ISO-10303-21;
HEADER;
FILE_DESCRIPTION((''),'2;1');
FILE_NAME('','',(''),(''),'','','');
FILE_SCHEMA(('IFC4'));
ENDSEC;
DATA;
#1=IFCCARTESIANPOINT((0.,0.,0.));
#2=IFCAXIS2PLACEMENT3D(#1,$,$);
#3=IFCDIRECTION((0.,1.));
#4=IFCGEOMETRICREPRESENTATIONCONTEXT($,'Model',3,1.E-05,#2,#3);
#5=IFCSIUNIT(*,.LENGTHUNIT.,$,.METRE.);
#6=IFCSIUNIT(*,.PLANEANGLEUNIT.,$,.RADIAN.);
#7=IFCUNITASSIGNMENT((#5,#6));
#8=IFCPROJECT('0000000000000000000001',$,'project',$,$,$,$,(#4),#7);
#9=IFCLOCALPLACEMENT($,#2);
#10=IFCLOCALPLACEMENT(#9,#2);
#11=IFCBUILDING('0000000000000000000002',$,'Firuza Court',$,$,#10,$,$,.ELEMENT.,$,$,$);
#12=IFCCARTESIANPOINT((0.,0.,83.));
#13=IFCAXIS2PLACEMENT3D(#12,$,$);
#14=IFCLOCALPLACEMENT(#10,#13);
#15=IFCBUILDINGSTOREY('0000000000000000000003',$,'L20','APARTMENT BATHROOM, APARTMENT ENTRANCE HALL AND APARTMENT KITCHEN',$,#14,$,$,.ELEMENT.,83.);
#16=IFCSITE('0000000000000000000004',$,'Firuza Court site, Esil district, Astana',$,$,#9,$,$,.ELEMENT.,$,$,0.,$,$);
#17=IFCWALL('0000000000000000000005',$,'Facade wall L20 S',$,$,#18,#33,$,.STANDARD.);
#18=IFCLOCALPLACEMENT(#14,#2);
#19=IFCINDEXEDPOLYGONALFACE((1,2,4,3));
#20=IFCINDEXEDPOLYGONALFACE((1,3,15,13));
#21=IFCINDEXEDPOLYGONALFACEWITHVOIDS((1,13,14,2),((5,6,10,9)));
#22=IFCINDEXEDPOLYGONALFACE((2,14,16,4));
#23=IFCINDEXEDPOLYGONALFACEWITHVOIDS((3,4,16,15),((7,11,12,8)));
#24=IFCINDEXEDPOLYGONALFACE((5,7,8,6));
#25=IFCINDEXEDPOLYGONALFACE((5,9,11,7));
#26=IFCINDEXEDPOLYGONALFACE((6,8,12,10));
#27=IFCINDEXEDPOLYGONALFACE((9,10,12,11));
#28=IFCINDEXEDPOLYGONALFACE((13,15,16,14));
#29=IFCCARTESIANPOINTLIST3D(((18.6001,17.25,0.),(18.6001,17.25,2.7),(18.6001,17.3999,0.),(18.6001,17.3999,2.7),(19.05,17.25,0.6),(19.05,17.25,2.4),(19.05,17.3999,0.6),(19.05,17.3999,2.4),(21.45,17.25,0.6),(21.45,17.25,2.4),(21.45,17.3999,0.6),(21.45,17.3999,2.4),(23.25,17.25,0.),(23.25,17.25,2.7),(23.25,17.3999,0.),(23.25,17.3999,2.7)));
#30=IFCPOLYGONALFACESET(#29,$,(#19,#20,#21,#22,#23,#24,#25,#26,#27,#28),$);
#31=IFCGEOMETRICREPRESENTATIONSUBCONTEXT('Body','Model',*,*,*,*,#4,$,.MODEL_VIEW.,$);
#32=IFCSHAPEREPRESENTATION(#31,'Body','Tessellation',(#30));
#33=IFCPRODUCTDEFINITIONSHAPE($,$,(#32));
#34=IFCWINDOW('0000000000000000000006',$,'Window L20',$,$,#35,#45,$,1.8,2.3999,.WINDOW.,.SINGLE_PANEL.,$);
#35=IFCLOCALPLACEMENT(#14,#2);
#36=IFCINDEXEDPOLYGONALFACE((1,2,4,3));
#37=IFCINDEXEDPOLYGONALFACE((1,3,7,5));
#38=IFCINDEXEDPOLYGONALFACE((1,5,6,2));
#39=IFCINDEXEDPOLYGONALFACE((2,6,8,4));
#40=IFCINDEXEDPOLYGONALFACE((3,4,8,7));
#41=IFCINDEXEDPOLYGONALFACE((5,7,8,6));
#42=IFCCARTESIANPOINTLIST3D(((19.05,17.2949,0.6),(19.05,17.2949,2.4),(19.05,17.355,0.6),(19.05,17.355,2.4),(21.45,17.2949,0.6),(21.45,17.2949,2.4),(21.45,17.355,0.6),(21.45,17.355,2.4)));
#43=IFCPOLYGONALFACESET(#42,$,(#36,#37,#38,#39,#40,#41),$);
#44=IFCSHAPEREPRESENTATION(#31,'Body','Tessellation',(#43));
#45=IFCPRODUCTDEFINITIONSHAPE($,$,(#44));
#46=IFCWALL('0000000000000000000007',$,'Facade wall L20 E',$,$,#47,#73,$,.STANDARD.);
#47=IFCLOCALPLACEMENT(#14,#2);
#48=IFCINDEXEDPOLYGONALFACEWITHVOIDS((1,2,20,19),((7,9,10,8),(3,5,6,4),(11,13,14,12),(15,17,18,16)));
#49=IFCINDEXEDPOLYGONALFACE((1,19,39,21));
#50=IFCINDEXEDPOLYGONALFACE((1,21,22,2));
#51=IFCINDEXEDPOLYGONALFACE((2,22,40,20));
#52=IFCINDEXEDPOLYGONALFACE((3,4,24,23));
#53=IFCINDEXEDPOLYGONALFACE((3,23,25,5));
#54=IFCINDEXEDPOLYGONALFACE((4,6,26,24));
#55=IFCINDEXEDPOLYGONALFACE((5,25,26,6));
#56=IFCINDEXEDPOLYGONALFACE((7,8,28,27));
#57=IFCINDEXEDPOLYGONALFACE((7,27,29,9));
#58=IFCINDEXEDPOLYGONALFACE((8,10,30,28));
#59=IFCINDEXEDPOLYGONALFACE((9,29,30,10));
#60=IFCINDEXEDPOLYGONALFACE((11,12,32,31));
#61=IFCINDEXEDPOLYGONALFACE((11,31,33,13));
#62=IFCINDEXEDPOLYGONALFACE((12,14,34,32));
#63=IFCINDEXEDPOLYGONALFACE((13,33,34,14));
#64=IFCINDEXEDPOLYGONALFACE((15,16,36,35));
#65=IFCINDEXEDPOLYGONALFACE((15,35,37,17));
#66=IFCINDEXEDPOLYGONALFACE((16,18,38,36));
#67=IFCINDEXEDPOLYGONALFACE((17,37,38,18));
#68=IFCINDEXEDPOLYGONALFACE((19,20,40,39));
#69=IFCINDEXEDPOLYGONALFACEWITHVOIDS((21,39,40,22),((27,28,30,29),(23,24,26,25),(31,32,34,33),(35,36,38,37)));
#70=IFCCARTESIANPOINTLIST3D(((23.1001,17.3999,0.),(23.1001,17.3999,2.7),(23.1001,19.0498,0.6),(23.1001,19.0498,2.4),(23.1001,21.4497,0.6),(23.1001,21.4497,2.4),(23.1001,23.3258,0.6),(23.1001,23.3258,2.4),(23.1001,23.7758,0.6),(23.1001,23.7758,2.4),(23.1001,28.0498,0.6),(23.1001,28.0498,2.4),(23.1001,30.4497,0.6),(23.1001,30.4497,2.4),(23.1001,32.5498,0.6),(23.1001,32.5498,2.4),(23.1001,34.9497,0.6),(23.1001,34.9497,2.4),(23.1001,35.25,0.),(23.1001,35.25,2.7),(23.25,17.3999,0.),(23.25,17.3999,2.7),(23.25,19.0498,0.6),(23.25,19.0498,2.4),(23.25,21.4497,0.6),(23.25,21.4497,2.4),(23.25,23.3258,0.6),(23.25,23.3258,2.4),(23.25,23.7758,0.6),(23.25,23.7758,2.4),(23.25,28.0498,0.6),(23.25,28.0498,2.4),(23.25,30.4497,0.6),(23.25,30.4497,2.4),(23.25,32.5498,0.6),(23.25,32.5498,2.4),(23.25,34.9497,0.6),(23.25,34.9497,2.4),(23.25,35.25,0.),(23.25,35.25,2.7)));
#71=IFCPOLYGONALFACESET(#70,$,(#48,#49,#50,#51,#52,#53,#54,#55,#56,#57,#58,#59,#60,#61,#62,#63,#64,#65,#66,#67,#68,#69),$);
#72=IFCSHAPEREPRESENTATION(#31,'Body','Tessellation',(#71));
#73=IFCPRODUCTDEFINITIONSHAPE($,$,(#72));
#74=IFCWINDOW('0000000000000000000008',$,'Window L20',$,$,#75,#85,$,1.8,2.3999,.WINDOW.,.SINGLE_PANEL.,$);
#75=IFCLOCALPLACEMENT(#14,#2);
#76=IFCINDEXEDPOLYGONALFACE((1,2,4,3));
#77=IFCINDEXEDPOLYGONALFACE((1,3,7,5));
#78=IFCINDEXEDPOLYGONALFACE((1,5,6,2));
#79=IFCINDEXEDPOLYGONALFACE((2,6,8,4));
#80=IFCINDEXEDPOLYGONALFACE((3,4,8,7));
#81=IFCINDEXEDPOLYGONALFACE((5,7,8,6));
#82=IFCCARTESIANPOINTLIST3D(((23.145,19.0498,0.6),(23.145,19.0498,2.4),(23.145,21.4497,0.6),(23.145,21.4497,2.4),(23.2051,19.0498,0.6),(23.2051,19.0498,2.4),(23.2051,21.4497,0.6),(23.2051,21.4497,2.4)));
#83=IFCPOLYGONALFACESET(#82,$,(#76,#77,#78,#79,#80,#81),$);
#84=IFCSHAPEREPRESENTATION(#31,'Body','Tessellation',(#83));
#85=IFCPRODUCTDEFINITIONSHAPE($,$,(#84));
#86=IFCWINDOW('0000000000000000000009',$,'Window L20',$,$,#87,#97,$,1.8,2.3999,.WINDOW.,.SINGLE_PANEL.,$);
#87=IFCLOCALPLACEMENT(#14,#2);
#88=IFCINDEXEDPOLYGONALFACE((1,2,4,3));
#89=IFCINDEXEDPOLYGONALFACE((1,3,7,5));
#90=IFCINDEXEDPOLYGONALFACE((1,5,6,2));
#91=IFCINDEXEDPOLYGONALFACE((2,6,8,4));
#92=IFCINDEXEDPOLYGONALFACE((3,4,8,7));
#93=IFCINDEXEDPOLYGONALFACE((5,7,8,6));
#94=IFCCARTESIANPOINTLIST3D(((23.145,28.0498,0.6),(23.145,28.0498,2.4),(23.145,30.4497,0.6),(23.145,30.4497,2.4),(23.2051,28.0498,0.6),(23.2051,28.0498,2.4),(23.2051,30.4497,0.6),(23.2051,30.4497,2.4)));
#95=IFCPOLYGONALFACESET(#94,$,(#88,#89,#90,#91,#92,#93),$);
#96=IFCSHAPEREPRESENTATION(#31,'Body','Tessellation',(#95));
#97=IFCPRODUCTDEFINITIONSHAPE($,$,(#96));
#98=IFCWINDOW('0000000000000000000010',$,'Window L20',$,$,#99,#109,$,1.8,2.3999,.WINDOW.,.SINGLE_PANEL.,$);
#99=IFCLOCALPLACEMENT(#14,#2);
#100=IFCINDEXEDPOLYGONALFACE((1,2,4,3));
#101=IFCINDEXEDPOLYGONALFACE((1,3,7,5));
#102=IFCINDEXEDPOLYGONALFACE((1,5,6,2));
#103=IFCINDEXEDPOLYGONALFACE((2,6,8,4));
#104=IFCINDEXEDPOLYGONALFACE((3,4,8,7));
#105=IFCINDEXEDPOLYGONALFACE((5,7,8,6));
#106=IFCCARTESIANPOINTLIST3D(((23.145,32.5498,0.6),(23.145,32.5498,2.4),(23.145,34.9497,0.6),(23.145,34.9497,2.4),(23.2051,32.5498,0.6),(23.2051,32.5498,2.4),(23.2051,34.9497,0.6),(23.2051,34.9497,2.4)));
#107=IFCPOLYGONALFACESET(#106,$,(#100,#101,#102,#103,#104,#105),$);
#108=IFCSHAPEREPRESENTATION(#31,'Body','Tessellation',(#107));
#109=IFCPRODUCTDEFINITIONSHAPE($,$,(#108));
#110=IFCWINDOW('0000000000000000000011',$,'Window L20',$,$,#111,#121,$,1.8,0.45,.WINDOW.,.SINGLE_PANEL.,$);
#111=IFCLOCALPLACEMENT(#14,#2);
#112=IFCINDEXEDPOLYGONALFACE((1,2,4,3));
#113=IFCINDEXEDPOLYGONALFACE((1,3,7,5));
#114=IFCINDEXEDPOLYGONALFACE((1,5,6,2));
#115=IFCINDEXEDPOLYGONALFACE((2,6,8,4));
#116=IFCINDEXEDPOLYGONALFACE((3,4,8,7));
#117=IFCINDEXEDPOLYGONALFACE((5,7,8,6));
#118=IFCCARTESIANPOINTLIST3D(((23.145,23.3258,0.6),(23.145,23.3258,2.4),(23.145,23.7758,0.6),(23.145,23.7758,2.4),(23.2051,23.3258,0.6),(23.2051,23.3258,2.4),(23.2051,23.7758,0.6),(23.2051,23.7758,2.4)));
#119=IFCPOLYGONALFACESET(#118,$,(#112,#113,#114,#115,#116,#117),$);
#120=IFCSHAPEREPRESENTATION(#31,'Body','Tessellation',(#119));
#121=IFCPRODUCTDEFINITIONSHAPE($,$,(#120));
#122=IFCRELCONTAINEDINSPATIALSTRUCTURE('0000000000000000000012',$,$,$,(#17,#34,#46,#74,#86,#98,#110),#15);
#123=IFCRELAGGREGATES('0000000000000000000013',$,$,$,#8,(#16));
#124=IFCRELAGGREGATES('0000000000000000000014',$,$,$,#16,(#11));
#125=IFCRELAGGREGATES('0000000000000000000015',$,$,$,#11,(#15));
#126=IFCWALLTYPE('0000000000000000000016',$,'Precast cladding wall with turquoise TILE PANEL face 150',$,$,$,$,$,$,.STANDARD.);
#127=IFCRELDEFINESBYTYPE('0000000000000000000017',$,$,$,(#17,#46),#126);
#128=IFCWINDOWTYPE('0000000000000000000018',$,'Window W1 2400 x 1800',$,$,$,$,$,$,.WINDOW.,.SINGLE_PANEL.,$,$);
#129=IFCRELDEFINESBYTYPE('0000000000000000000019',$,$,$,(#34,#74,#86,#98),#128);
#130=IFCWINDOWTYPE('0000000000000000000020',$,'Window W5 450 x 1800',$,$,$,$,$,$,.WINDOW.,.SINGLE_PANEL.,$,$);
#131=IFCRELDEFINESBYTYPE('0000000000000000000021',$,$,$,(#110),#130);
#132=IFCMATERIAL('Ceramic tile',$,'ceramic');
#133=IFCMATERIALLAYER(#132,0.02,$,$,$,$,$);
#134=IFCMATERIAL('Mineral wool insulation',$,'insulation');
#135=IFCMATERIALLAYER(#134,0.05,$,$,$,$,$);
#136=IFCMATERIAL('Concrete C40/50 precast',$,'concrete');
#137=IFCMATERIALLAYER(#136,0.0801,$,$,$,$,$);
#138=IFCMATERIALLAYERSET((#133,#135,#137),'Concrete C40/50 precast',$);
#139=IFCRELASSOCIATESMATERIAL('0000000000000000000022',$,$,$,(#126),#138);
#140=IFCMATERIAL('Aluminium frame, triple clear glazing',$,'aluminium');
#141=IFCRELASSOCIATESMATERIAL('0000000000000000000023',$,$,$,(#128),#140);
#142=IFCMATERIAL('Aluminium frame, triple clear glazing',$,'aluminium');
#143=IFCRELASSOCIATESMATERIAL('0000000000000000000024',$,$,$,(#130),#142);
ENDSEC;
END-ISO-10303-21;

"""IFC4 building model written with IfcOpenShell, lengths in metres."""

from ifc_helpers import new_model, si_unit, direction, frame, frame_2d, origin, place, context, subcontext, project, spatial, rectangle, extrude, material, layer, layer_set, type_object, element, fill, save


model = new_model("IFC4")

# Units and contexts
model_context = context("Model", 3, precision=1e-05, world=origin(), true_north=direction((0.0, 1.0)))
body_context = subcontext(model_context, "Body", "Model", "MODEL_VIEW")
ifc_project = project(units=[si_unit("LENGTHUNIT", "METRE"), si_unit("PLANEANGLEUNIT", "RADIAN")], contexts=[model_context])

# Site, building, storey
site_placement = place(None, origin())
site = spatial("IfcSite", under=ifc_project, at=site_placement, Name="Firuza Court site, Esil district, Astana", CompositionType="ELEMENT", RefElevation=0.0)
building_placement = place(site_placement, origin())
building = spatial("IfcBuilding", under=site, at=building_placement, Name="Firuza Court", CompositionType="ELEMENT")
storey_placement = place(building_placement, frame((0.0, 0.0, 83.0)))
storey = spatial("IfcBuildingStorey", under=building, at=storey_placement, Name="L20", Description="APARTMENT BATHROOM, APARTMENT ENTRANCE HALL AND APARTMENT KITCHEN", CompositionType="ELEMENT", Elevation=83.0)

# Shared definitions
ifc_material_1 = material(Name="Ceramic tile", Category="ceramic")
ifc_layer_1 = layer(ifc_material_1, 0.02)
ifc_material_2 = material(Name="Mineral wool insulation", Category="insulation")
ifc_layer_2 = layer(ifc_material_2, 0.05)
ifc_material_3 = material(Name="Concrete C40/50 precast", Category="concrete")
ifc_layer_3 = layer(ifc_material_3, 0.0801)
ifc_layer_set_1 = layer_set([ifc_layer_1, ifc_layer_2, ifc_layer_3], Name="Concrete C40/50 precast")
wall_type_1 = type_object("IfcWallType", Name="Precast cladding wall with turquoise TILE PANEL face 150", PredefinedType="STANDARD", material=ifc_layer_set_1)
ifc_material_4 = material(Name="Aluminium frame, triple clear glazing", Category="aluminium")
window_type_1 = type_object("IfcWindowType", Name="Window W1 2400 x 1800", PartitioningType="SINGLE_PANEL", PredefinedType="WINDOW", material=ifc_material_4)

# Wall, opening, window
wall_1_placement = place(storey_placement, frame((18.6001, 17.325, 0.0), z_axis=(0.0, 0.0, 1.0), x_axis=(1.0, 0.0, 0.0)))
wall_1 = element("IfcWall", 1, at=wall_1_placement, inside=storey, type_object=wall_type_1, Name="Facade wall L20 S", PredefinedType="STANDARD", context=body_context, shape_type="SweptSolid", body=[
    extrude(rectangle(XDim=4.6499, YDim=0.1499, at=frame_2d((2.325, 0.0))), origin(), (0.0, 0.0, 1.0), 2.7),
])
opening_1_placement = place(wall_1_placement, frame((0.45, 0.0, 0.6001)))
opening_1 = element("IfcOpeningElement", 2, at=opening_1_placement, cuts=wall_1, PredefinedType="OPENING", context=body_context, shape_type="SweptSolid", body=[
    extrude(rectangle(XDim=2.3999, YDim=1.8, at=frame_2d((1.2, 0.8999))), frame((0.0, 0.0869, 0.0), z_axis=(0.0, -1.0, 0.0), x_axis=(1.0, 0.0, 0.0)), (0.0, 0.0, 1.0), 0.1738),
])
window_1_placement = place(opening_1_placement, origin())
window_1 = element("IfcWindow", 3, at=window_1_placement, inside=storey, type_object=window_type_1, Name="Window L20", OverallHeight=1.8, OverallWidth=2.3999, PartitioningType="SINGLE_PANEL", PredefinedType="WINDOW", context=body_context, shape_type="SweptSolid", body=[
    extrude(rectangle(XDim=2.3999, YDim=1.8, at=frame_2d((1.2, 0.8999))), frame((0.0, 0.03, 0.0), z_axis=(0.0, -1.0, 0.0), x_axis=(1.0, 0.0, 0.0)), (0.0, 0.0, 1.0), 0.0601),
])
fill(opening_1, window_1)

# Wall, openings, windows
wall_2_placement = place(storey_placement, frame((23.175, 17.3999, 0.0), z_axis=(0.0, 0.0, 1.0), x_axis=(0.0, 1.0, 0.0)))
wall_2 = element("IfcWall", 4, at=wall_2_placement, inside=storey, type_object=wall_type_1, Name="Facade wall L20 E", PredefinedType="STANDARD", context=body_context, shape_type="SweptSolid", body=[
    extrude(rectangle(XDim=17.8501, YDim=0.1499, at=frame_2d((8.925, 0.0))), origin(), (0.0, 0.0, 1.0), 2.7),
])
opening_2_placement = place(wall_2_placement, frame((1.6499, 0.0, 0.6001)))
opening_2 = element("IfcOpeningElement", 5, at=opening_2_placement, cuts=wall_2, PredefinedType="OPENING", context=body_context, shape_type="SweptSolid", body=[
    extrude(rectangle(XDim=2.3999, YDim=1.8, at=frame_2d((1.2, 0.8999))), frame((0.0, 0.0869, 0.0), z_axis=(0.0, -1.0, 0.0), x_axis=(1.0, 0.0, 0.0)), (0.0, 0.0, 1.0), 0.1738),
])
opening_3_placement = place(wall_2_placement, frame((5.9258, 0.0, 0.6001)))
opening_3 = element("IfcOpeningElement", 6, at=opening_3_placement, cuts=wall_2, PredefinedType="OPENING", context=body_context, shape_type="SweptSolid", body=[
    extrude(rectangle(XDim=0.45, YDim=1.8, at=frame_2d((0.2251, 0.8999))), frame((0.0, 0.0869, 0.0), z_axis=(0.0, -1.0, 0.0), x_axis=(1.0, 0.0, 0.0)), (0.0, 0.0, 1.0), 0.1738),
])
opening_4_placement = place(wall_2_placement, frame((10.6499, 0.0, 0.6001)))
opening_4 = element("IfcOpeningElement", 7, at=opening_4_placement, cuts=wall_2, PredefinedType="OPENING", context=body_context, shape_type="SweptSolid", body=[
    extrude(rectangle(XDim=2.3999, YDim=1.8, at=frame_2d((1.2, 0.8999))), frame((0.0, 0.0869, 0.0), z_axis=(0.0, -1.0, 0.0), x_axis=(1.0, 0.0, 0.0)), (0.0, 0.0, 1.0), 0.1738),
])
opening_5_placement = place(wall_2_placement, frame((15.1499, 0.0, 0.6001)))
opening_5 = element("IfcOpeningElement", 8, at=opening_5_placement, cuts=wall_2, PredefinedType="OPENING", context=body_context, shape_type="SweptSolid", body=[
    extrude(rectangle(XDim=2.3999, YDim=1.8, at=frame_2d((1.2, 0.8999))), frame((0.0, 0.0869, 0.0), z_axis=(0.0, -1.0, 0.0), x_axis=(1.0, 0.0, 0.0)), (0.0, 0.0, 1.0), 0.1738),
])
window_2_placement = place(opening_2_placement, origin())
window_2 = element("IfcWindow", 9, at=window_2_placement, inside=storey, type_object=window_type_1, Name="Window L20", OverallHeight=1.8, OverallWidth=2.3999, PartitioningType="SINGLE_PANEL", PredefinedType="WINDOW", context=body_context, shape_type="SweptSolid", body=[
    extrude(rectangle(XDim=2.3999, YDim=1.8, at=frame_2d((1.2, 0.8999))), frame((0.0, 0.03, 0.0), z_axis=(0.0, -1.0, 0.0), x_axis=(1.0, 0.0, 0.0)), (0.0, 0.0, 1.0), 0.0601),
])
fill(opening_2, window_2)
window_3_placement = place(opening_4_placement, origin())
window_3 = element("IfcWindow", 10, at=window_3_placement, inside=storey, type_object=window_type_1, Name="Window L20", OverallHeight=1.8, OverallWidth=2.3999, PartitioningType="SINGLE_PANEL", PredefinedType="WINDOW", context=body_context, shape_type="SweptSolid", body=[
    extrude(rectangle(XDim=2.3999, YDim=1.8, at=frame_2d((1.2, 0.8999))), frame((0.0, 0.03, 0.0), z_axis=(0.0, -1.0, 0.0), x_axis=(1.0, 0.0, 0.0)), (0.0, 0.0, 1.0), 0.0601),
])
fill(opening_4, window_3)
window_4_placement = place(opening_5_placement, origin())
window_4 = element("IfcWindow", 11, at=window_4_placement, inside=storey, type_object=window_type_1, Name="Window L20", OverallHeight=1.8, OverallWidth=2.3999, PartitioningType="SINGLE_PANEL", PredefinedType="WINDOW", context=body_context, shape_type="SweptSolid", body=[
    extrude(rectangle(XDim=2.3999, YDim=1.8, at=frame_2d((1.2, 0.8999))), frame((0.0, 0.03, 0.0), z_axis=(0.0, -1.0, 0.0), x_axis=(1.0, 0.0, 0.0)), (0.0, 0.0, 1.0), 0.0601),
])
fill(opening_5, window_4)
ifc_material_5 = material(Name="Aluminium frame, triple clear glazing", Category="aluminium")
window_type_2 = type_object("IfcWindowType", Name="Window W5 450 x 1800", PartitioningType="SINGLE_PANEL", PredefinedType="WINDOW", material=ifc_material_5)
window_5_placement = place(opening_3_placement, origin())
window_5 = element("IfcWindow", 12, at=window_5_placement, inside=storey, type_object=window_type_2, Name="Window L20", OverallHeight=1.8, OverallWidth=0.45, PartitioningType="SINGLE_PANEL", PredefinedType="WINDOW", context=body_context, shape_type="SweptSolid", body=[
    extrude(rectangle(XDim=0.45, YDim=1.8, at=frame_2d((0.2251, 0.8999))), frame((0.0, 0.03, 0.0), z_axis=(0.0, -1.0, 0.0), x_axis=(1.0, 0.0, 0.0)), (0.0, 0.0, 1.0), 0.0601),
])
fill(opening_3, window_5)

save(model, "model.ifc")
